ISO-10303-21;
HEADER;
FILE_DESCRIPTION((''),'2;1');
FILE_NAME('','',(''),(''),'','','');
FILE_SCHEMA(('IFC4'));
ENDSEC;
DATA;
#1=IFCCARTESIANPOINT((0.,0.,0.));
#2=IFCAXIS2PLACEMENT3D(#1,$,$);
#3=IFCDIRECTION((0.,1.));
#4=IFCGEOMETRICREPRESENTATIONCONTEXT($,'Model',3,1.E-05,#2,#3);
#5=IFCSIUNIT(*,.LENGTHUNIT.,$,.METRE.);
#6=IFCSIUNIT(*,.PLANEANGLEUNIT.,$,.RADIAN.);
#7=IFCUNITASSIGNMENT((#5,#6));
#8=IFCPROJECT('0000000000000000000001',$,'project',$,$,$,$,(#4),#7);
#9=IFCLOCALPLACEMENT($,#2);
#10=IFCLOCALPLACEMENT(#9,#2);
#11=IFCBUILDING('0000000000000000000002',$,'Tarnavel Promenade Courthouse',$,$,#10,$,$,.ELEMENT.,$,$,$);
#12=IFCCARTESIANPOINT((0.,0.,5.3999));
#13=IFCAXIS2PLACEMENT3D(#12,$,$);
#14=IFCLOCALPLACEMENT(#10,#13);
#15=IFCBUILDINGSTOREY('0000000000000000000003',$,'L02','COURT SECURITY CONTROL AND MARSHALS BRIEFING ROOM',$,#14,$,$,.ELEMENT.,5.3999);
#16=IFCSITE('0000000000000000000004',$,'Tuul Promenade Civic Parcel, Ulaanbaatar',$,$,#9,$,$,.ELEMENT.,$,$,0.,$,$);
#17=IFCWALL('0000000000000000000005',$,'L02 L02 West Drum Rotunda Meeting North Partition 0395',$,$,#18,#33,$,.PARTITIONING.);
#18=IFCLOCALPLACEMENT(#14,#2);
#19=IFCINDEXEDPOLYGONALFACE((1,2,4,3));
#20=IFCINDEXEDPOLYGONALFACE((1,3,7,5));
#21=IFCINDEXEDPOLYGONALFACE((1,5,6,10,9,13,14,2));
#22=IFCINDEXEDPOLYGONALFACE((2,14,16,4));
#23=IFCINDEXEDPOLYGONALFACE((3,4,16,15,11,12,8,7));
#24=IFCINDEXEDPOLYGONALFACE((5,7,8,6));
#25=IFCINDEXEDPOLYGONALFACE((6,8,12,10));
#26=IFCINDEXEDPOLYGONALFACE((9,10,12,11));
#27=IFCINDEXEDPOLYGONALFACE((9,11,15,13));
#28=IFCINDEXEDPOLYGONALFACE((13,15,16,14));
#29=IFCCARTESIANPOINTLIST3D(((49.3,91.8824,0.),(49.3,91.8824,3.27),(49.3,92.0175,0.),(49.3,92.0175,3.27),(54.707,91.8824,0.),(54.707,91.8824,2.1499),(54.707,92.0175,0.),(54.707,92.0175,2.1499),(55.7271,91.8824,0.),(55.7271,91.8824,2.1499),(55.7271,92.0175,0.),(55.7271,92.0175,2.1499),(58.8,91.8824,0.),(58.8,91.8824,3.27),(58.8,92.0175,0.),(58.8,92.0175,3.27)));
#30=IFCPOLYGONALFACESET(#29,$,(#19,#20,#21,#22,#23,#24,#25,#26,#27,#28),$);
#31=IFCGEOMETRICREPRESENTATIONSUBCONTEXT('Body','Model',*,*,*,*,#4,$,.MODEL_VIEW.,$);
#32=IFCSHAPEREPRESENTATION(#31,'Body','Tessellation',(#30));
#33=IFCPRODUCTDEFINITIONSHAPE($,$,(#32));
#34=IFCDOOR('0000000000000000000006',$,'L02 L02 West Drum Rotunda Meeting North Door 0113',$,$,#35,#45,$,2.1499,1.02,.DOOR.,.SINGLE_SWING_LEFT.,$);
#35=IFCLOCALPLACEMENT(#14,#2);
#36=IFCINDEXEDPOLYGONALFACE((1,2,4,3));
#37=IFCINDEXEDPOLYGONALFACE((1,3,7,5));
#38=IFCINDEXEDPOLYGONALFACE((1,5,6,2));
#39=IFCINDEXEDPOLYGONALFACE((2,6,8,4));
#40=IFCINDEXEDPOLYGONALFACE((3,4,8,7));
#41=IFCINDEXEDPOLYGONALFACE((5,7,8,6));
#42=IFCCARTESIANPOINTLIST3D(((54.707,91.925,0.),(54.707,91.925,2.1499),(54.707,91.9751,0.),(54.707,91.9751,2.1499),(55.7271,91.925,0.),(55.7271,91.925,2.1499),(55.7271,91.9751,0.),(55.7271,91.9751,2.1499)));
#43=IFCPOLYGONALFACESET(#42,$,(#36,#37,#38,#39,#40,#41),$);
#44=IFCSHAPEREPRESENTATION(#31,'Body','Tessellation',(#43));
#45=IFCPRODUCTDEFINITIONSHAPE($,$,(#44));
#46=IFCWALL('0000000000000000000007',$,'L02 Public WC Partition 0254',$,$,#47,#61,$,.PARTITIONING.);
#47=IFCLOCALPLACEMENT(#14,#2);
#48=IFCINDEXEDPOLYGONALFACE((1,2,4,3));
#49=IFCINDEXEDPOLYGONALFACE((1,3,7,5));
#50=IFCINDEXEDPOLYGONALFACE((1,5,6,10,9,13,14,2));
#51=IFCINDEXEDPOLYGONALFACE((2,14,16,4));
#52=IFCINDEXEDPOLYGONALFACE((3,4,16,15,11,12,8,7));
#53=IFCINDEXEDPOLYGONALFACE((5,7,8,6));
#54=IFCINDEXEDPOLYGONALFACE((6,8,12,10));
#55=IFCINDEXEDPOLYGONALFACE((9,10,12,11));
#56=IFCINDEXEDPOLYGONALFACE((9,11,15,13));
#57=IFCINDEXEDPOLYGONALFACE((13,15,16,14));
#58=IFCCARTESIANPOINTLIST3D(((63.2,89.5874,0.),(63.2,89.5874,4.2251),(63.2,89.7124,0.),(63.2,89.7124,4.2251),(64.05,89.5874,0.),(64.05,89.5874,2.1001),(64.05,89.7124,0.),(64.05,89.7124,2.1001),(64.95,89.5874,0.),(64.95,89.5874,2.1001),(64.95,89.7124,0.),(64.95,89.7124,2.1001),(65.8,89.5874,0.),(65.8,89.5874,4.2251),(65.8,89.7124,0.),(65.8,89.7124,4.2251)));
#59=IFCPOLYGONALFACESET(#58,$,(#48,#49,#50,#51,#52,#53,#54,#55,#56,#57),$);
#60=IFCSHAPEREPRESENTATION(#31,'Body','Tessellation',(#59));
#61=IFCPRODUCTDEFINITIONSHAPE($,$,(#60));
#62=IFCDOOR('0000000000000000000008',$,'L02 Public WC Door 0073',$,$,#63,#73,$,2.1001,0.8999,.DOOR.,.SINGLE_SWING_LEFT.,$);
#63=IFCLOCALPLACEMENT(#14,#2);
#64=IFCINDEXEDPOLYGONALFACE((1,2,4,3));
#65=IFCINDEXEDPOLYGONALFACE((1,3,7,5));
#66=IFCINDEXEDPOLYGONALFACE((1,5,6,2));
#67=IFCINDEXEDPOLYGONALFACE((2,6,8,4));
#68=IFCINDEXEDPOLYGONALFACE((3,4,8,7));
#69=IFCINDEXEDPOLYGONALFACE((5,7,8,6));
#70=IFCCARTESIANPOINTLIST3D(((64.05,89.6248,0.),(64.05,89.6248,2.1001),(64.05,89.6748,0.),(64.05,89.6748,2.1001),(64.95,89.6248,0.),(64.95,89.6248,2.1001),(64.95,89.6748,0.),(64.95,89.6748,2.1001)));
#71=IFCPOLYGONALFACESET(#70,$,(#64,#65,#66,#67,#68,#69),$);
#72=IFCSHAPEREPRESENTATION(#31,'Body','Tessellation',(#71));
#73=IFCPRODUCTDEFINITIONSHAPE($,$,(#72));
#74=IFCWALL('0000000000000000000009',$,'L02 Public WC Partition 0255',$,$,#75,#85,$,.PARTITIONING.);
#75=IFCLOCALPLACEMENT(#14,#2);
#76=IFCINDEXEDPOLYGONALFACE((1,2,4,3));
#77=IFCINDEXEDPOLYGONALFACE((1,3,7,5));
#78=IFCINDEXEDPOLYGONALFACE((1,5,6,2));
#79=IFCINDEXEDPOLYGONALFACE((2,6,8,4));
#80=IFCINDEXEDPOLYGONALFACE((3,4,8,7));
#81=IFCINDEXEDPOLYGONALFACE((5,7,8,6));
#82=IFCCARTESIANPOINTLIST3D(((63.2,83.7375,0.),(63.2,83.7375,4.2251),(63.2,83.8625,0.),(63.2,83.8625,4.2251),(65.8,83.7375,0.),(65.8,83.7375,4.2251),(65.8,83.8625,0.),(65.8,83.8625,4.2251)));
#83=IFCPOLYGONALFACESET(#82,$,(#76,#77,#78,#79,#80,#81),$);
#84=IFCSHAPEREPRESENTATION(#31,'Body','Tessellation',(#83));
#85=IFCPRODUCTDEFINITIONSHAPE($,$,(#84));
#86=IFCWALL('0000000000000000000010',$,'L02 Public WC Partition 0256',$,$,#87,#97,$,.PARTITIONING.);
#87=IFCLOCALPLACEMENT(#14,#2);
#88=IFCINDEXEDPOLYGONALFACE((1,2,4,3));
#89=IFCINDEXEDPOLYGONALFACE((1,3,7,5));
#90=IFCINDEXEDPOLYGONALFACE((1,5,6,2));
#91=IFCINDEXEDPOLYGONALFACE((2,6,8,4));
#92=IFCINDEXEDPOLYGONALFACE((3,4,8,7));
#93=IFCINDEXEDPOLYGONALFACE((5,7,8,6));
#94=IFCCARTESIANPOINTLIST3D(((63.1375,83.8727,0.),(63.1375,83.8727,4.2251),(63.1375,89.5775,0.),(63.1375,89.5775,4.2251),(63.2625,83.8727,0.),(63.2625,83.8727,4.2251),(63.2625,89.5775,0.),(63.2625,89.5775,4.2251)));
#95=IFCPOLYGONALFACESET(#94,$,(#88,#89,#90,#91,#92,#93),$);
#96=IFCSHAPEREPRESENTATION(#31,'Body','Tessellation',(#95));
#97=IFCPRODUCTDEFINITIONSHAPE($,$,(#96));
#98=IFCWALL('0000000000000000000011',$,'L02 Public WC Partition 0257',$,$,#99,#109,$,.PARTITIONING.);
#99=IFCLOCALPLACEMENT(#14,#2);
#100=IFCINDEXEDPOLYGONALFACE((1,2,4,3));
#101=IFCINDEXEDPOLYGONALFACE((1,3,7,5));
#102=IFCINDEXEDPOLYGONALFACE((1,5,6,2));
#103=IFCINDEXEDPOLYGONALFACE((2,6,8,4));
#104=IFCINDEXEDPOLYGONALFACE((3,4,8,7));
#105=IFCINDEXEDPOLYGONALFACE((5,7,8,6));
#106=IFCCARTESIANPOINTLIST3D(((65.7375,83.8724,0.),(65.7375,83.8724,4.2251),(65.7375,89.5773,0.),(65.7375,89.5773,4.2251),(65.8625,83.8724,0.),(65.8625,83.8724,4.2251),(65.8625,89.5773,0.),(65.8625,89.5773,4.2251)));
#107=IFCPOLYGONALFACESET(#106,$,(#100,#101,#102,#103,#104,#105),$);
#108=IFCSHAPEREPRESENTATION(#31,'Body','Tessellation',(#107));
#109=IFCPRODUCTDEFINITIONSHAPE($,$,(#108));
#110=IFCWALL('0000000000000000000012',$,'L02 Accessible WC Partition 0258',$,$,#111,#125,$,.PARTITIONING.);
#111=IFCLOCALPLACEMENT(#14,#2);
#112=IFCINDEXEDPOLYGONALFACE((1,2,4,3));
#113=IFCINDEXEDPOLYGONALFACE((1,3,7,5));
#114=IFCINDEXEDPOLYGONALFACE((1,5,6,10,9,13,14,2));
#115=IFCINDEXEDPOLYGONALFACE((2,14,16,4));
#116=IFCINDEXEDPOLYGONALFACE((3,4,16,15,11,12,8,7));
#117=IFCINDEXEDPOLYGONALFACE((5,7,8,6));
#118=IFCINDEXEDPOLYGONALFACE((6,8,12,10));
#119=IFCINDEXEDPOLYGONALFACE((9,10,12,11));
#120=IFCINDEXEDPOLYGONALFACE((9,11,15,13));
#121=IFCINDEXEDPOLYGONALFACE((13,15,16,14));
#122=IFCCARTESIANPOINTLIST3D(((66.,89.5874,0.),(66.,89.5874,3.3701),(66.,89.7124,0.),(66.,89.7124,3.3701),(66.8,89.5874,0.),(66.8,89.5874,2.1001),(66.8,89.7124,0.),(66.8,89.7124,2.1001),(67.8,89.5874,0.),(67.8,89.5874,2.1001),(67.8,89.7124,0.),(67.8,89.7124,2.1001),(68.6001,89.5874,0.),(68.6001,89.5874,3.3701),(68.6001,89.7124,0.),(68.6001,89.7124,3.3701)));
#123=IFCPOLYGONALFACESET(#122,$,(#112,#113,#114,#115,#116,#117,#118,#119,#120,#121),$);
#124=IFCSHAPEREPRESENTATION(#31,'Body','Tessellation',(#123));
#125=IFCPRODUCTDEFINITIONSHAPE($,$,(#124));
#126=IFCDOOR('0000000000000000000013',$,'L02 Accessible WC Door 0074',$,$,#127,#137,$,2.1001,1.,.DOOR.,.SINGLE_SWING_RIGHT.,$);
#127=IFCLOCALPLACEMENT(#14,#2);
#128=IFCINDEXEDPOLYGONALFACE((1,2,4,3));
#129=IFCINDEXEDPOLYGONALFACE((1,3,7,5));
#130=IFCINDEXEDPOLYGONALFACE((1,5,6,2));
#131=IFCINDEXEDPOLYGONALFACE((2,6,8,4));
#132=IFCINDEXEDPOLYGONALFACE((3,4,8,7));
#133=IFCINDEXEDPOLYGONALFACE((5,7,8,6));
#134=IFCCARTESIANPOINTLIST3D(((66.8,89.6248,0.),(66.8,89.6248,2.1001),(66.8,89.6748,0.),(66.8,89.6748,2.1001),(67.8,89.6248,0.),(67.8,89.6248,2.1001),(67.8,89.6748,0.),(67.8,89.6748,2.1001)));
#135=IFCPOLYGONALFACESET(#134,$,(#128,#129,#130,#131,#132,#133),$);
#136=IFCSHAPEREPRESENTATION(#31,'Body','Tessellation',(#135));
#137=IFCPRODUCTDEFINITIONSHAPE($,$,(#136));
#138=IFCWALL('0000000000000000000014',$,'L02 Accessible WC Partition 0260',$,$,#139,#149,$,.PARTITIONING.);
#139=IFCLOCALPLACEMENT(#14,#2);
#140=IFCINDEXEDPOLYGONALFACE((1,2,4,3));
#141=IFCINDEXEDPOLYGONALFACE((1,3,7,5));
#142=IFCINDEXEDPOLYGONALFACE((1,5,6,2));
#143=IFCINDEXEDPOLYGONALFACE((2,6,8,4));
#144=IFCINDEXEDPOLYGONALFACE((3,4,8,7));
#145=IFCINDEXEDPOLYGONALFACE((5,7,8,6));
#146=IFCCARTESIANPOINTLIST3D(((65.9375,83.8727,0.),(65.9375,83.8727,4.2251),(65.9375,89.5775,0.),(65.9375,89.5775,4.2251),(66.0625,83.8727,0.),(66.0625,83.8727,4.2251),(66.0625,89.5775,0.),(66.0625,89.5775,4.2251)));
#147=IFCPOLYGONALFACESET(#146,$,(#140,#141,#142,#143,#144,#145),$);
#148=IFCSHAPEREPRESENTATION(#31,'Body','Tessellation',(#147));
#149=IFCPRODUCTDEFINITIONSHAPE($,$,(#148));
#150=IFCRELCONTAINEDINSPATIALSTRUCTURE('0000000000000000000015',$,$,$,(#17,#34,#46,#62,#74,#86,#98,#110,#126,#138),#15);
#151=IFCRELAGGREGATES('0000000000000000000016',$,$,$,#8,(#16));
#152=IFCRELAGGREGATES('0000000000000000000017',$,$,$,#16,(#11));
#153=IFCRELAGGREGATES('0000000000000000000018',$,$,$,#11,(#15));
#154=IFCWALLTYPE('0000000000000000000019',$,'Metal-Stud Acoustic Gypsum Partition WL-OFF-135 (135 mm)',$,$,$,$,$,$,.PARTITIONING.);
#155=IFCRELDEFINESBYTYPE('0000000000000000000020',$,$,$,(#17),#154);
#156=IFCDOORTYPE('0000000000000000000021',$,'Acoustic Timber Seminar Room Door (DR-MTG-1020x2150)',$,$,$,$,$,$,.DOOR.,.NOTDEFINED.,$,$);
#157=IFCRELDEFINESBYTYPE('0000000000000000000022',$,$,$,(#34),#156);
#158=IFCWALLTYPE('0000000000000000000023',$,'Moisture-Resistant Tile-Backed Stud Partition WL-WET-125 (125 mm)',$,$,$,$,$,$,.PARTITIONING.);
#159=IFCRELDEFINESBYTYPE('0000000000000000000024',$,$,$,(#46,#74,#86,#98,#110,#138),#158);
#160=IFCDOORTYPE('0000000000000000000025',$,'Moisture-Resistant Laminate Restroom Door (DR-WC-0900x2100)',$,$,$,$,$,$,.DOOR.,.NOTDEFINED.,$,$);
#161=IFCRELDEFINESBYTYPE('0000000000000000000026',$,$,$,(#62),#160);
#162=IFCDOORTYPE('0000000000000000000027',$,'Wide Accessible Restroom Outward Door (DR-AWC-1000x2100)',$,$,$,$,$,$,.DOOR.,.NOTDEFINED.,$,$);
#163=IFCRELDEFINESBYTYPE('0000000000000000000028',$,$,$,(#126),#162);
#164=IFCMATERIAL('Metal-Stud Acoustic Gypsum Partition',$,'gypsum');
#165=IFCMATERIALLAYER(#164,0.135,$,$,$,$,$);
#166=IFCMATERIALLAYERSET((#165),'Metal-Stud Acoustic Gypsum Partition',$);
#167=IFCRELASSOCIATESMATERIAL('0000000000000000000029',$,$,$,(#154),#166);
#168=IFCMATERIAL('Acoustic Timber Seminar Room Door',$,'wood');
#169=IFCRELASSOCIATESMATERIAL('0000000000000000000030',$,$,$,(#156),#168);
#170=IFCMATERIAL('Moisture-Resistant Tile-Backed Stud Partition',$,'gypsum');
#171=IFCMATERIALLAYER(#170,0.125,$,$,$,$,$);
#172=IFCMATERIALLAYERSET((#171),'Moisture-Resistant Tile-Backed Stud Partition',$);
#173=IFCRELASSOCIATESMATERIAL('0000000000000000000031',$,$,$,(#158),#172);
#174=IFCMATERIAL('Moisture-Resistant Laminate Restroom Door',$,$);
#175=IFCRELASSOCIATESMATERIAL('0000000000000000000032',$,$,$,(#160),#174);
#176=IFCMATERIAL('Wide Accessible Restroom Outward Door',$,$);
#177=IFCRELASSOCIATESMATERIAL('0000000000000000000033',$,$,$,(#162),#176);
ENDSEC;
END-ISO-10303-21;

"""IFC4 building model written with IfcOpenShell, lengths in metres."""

from ifc_helpers import new_model, si_unit, direction, frame, frame_2d, origin, place, context, subcontext, project, spatial, rectangle, extrude, material, layer, layer_set, type_object, element, fill, save


model = new_model("IFC4")

# Units and contexts
model_context = context("Model", 3, precision=1e-05, world=origin(), true_north=direction((0.0, 1.0)))
body_context = subcontext(model_context, "Body", "Model", "MODEL_VIEW")
ifc_project = project(units=[si_unit("LENGTHUNIT", "METRE"), si_unit("PLANEANGLEUNIT", "RADIAN")], contexts=[model_context])

# Site, building, storey
site_placement = place(None, origin())
site = spatial("IfcSite", under=ifc_project, at=site_placement, Name="Tuul Promenade Civic Parcel, Ulaanbaatar", CompositionType="ELEMENT", RefElevation=0.0)
building_placement = place(site_placement, origin())
building = spatial("IfcBuilding", under=site, at=building_placement, Name="Tarnavel Promenade Courthouse", CompositionType="ELEMENT")
storey_placement = place(building_placement, frame((0.0, 0.0, 5.3999)))
storey = spatial("IfcBuildingStorey", under=building, at=storey_placement, Name="L02", Description="COURT SECURITY CONTROL AND MARSHALS BRIEFING ROOM", CompositionType="ELEMENT", Elevation=5.3999)

# Shared definitions
ifc_material_1 = material(Name="Metal-Stud Acoustic Gypsum Partition", Category="gypsum")
ifc_layer_1 = layer(ifc_material_1, 0.135)
ifc_layer_set_1 = layer_set([ifc_layer_1], Name="Metal-Stud Acoustic Gypsum Partition")
wall_type_1 = type_object("IfcWallType", Name="Metal-Stud Acoustic Gypsum Partition WL-OFF-135 (135 mm)", PredefinedType="PARTITIONING", material=ifc_layer_set_1)

# Walls, openings, doors
wall_1_placement = place(storey_placement, frame((58.8, 91.95, 0.0), z_axis=(0.0, 0.0, 1.0), x_axis=(-1.0, 0.0, 0.0)))
wall_1 = element("IfcWall", 1, at=wall_1_placement, inside=storey, type_object=wall_type_1, Name="L02 L02 West Drum Rotunda Meeting North Partition 0395", PredefinedType="PARTITIONING", context=body_context, shape_type="SweptSolid", body=[
    extrude(rectangle(XDim=9.5, YDim=0.135, at=frame_2d((4.75, 0.0))), origin(), (0.0, 0.0, 1.0), 3.27),
])
opening_1_placement = place(wall_1_placement, frame((3.073, 0.0, 0.0)))
opening_1 = element("IfcOpeningElement", 2, at=opening_1_placement, cuts=wall_1, PredefinedType="OPENING", context=body_context, shape_type="SweptSolid", body=[
    extrude(rectangle(XDim=1.02, YDim=2.1499, at=frame_2d((0.51, 1.075))), frame((0.0, 0.0774, 0.0), z_axis=(0.0, -1.0, 0.0), x_axis=(1.0, 0.0, 0.0)), (0.0, 0.0, 1.0), 0.155),
])
ifc_material_2 = material(Name="Acoustic Timber Seminar Room Door", Category="wood")
door_type_1 = type_object("IfcDoorType", Name="Acoustic Timber Seminar Room Door (DR-MTG-1020x2150)", OperationType="NOTDEFINED", PredefinedType="DOOR", material=ifc_material_2)
door_1_placement = place(opening_1_placement, origin())
door_1 = element("IfcDoor", 3, at=door_1_placement, inside=storey, type_object=door_type_1, Name="L02 L02 West Drum Rotunda Meeting North Door 0113", OperationType="SINGLE_SWING_LEFT", OverallHeight=2.1499, OverallWidth=1.02, PredefinedType="DOOR", context=body_context, shape_type="SweptSolid", body=[
    extrude(rectangle(XDim=1.02, YDim=2.1499, at=frame_2d((0.51, 1.075))), frame((0.0, 0.0249, 0.0), z_axis=(0.0, -1.0, 0.0), x_axis=(1.0, 0.0, 0.0)), (0.0, 0.0, 1.0), 0.05),
])
fill(opening_1, door_1)
ifc_material_3 = material(Name="Moisture-Resistant Tile-Backed Stud Partition", Category="gypsum")
ifc_layer_2 = layer(ifc_material_3, 0.125)
ifc_layer_set_2 = layer_set([ifc_layer_2], Name="Moisture-Resistant Tile-Backed Stud Partition")
wall_type_2 = type_object("IfcWallType", Name="Moisture-Resistant Tile-Backed Stud Partition WL-WET-125 (125 mm)", PredefinedType="PARTITIONING", material=ifc_layer_set_2)
wall_2_placement = place(storey_placement, frame((63.2, 89.6499, 0.0), z_axis=(0.0, 0.0, 1.0), x_axis=(1.0, 0.0, 0.0)))
wall_2 = element("IfcWall", 4, at=wall_2_placement, inside=storey, type_object=wall_type_2, Name="L02 Public WC Partition 0254", PredefinedType="PARTITIONING", context=body_context, shape_type="SweptSolid", body=[
    extrude(rectangle(XDim=2.6001, YDim=0.125, at=frame_2d((1.3, 0.0))), origin(), (0.0, 0.0, 1.0), 4.2251),
])
opening_2_placement = place(wall_2_placement, frame((0.8501, 0.0, 0.0)))
opening_2 = element("IfcOpeningElement", 5, at=opening_2_placement, cuts=wall_2, PredefinedType="OPENING", context=body_context, shape_type="SweptSolid", body=[
    extrude(rectangle(XDim=0.8999, YDim=2.1001, at=frame_2d((0.45, 1.05))), frame((0.0, 0.0725, 0.0), z_axis=(0.0, -1.0, 0.0), x_axis=(1.0, 0.0, 0.0)), (0.0, 0.0, 1.0), 0.145),
])
ifc_material_4 = material(Name="Moisture-Resistant Laminate Restroom Door")
door_type_2 = type_object("IfcDoorType", Name="Moisture-Resistant Laminate Restroom Door (DR-WC-0900x2100)", OperationType="NOTDEFINED", PredefinedType="DOOR", material=ifc_material_4)
door_2_placement = place(opening_2_placement, origin())
door_2 = element("IfcDoor", 6, at=door_2_placement, inside=storey, type_object=door_type_2, Name="L02 Public WC Door 0073", OperationType="SINGLE_SWING_LEFT", OverallHeight=2.1001, OverallWidth=0.8999, PredefinedType="DOOR", context=body_context, shape_type="SweptSolid", body=[
    extrude(rectangle(XDim=0.8999, YDim=2.1001, at=frame_2d((0.45, 1.05))), frame((0.0, 0.0249, 0.0), z_axis=(0.0, -1.0, 0.0), x_axis=(1.0, 0.0, 0.0)), (0.0, 0.0, 1.0), 0.05),
])
fill(opening_2, door_2)

# Walls
wall_3_placement = place(storey_placement, frame((65.8, 83.8, 0.0), z_axis=(0.0, 0.0, 1.0), x_axis=(-1.0, 0.0, 0.0)))
element("IfcWall", 7, at=wall_3_placement, inside=storey, type_object=wall_type_2, Name="L02 Public WC Partition 0255", PredefinedType="PARTITIONING", context=body_context, shape_type="SweptSolid", body=[
    extrude(rectangle(XDim=2.6001, YDim=0.125, at=frame_2d((1.3, 0.0))), origin(), (0.0, 0.0, 1.0), 4.2251),
])
for number, where, z_axis, x_axis, name in (
    (8, (63.2, 83.8726, 0.0), (0.0, 0.0, 1.0), (0.0, 1.0, 0.0), "L02 Public WC Partition 0256"),
    (9, (65.8, 89.5774, 0.0), (0.0, 0.0, 1.0), (0.0, -1.0, 0.0), "L02 Public WC Partition 0257"),
):
    element("IfcWall", number, at=place(storey_placement, frame(where, z_axis=z_axis, x_axis=x_axis)), inside=storey, type_object=wall_type_2, Name=name, PredefinedType="PARTITIONING", context=body_context, shape_type="SweptSolid", body=[
        extrude(rectangle(XDim=5.7048, YDim=0.125, at=frame_2d((2.8525, 0.0))), origin(), (0.0, 0.0, 1.0), 4.2251),
    ])

# Wall, opening, door
wall_4_placement = place(storey_placement, frame((66.0, 89.6499, 0.0), z_axis=(0.0, 0.0, 1.0), x_axis=(1.0, 0.0, 0.0)))
wall_4 = element("IfcWall", 10, at=wall_4_placement, inside=storey, type_object=wall_type_2, Name="L02 Accessible WC Partition 0258", PredefinedType="PARTITIONING", context=body_context, shape_type="SweptSolid", body=[
    extrude(rectangle(XDim=2.6001, YDim=0.125, at=frame_2d((1.3, 0.0))), origin(), (0.0, 0.0, 1.0), 3.3701),
])
opening_3_placement = place(wall_4_placement, frame((0.8, 0.0, 0.0)))
opening_3 = element("IfcOpeningElement", 11, at=opening_3_placement, cuts=wall_4, PredefinedType="OPENING", context=body_context, shape_type="SweptSolid", body=[
    extrude(rectangle(XDim=1.0, YDim=2.1001, at=frame_2d((0.5, 1.05))), frame((0.0, 0.0725, 0.0), z_axis=(0.0, -1.0, 0.0), x_axis=(1.0, 0.0, 0.0)), (0.0, 0.0, 1.0), 0.145),
])
ifc_material_5 = material(Name="Wide Accessible Restroom Outward Door")
door_type_3 = type_object("IfcDoorType", Name="Wide Accessible Restroom Outward Door (DR-AWC-1000x2100)", OperationType="NOTDEFINED", PredefinedType="DOOR", material=ifc_material_5)
door_3_placement = place(opening_3_placement, origin())
door_3 = element("IfcDoor", 12, at=door_3_placement, inside=storey, type_object=door_type_3, Name="L02 Accessible WC Door 0074", OperationType="SINGLE_SWING_RIGHT", OverallHeight=2.1001, OverallWidth=1.0, PredefinedType="DOOR", context=body_context, shape_type="SweptSolid", body=[
    extrude(rectangle(XDim=1.0, YDim=2.1001, at=frame_2d((0.5, 1.05))), frame((0.0, 0.0249, 0.0), z_axis=(0.0, -1.0, 0.0), x_axis=(1.0, 0.0, 0.0)), (0.0, 0.0, 1.0), 0.05),
])
fill(opening_3, door_3)

# Wall
wall_5_placement = place(storey_placement, frame((66.0, 83.8726, 0.0), z_axis=(0.0, 0.0, 1.0), x_axis=(0.0, 1.0, 0.0)))
element("IfcWall", 13, at=wall_5_placement, inside=storey, type_object=wall_type_2, Name="L02 Accessible WC Partition 0260", PredefinedType="PARTITIONING", context=body_context, shape_type="SweptSolid", body=[
    extrude(rectangle(XDim=5.7048, YDim=0.125, at=frame_2d((2.8525, 0.0))), origin(), (0.0, 0.0, 1.0), 4.2251),
])

save(model, "model.ifc")
